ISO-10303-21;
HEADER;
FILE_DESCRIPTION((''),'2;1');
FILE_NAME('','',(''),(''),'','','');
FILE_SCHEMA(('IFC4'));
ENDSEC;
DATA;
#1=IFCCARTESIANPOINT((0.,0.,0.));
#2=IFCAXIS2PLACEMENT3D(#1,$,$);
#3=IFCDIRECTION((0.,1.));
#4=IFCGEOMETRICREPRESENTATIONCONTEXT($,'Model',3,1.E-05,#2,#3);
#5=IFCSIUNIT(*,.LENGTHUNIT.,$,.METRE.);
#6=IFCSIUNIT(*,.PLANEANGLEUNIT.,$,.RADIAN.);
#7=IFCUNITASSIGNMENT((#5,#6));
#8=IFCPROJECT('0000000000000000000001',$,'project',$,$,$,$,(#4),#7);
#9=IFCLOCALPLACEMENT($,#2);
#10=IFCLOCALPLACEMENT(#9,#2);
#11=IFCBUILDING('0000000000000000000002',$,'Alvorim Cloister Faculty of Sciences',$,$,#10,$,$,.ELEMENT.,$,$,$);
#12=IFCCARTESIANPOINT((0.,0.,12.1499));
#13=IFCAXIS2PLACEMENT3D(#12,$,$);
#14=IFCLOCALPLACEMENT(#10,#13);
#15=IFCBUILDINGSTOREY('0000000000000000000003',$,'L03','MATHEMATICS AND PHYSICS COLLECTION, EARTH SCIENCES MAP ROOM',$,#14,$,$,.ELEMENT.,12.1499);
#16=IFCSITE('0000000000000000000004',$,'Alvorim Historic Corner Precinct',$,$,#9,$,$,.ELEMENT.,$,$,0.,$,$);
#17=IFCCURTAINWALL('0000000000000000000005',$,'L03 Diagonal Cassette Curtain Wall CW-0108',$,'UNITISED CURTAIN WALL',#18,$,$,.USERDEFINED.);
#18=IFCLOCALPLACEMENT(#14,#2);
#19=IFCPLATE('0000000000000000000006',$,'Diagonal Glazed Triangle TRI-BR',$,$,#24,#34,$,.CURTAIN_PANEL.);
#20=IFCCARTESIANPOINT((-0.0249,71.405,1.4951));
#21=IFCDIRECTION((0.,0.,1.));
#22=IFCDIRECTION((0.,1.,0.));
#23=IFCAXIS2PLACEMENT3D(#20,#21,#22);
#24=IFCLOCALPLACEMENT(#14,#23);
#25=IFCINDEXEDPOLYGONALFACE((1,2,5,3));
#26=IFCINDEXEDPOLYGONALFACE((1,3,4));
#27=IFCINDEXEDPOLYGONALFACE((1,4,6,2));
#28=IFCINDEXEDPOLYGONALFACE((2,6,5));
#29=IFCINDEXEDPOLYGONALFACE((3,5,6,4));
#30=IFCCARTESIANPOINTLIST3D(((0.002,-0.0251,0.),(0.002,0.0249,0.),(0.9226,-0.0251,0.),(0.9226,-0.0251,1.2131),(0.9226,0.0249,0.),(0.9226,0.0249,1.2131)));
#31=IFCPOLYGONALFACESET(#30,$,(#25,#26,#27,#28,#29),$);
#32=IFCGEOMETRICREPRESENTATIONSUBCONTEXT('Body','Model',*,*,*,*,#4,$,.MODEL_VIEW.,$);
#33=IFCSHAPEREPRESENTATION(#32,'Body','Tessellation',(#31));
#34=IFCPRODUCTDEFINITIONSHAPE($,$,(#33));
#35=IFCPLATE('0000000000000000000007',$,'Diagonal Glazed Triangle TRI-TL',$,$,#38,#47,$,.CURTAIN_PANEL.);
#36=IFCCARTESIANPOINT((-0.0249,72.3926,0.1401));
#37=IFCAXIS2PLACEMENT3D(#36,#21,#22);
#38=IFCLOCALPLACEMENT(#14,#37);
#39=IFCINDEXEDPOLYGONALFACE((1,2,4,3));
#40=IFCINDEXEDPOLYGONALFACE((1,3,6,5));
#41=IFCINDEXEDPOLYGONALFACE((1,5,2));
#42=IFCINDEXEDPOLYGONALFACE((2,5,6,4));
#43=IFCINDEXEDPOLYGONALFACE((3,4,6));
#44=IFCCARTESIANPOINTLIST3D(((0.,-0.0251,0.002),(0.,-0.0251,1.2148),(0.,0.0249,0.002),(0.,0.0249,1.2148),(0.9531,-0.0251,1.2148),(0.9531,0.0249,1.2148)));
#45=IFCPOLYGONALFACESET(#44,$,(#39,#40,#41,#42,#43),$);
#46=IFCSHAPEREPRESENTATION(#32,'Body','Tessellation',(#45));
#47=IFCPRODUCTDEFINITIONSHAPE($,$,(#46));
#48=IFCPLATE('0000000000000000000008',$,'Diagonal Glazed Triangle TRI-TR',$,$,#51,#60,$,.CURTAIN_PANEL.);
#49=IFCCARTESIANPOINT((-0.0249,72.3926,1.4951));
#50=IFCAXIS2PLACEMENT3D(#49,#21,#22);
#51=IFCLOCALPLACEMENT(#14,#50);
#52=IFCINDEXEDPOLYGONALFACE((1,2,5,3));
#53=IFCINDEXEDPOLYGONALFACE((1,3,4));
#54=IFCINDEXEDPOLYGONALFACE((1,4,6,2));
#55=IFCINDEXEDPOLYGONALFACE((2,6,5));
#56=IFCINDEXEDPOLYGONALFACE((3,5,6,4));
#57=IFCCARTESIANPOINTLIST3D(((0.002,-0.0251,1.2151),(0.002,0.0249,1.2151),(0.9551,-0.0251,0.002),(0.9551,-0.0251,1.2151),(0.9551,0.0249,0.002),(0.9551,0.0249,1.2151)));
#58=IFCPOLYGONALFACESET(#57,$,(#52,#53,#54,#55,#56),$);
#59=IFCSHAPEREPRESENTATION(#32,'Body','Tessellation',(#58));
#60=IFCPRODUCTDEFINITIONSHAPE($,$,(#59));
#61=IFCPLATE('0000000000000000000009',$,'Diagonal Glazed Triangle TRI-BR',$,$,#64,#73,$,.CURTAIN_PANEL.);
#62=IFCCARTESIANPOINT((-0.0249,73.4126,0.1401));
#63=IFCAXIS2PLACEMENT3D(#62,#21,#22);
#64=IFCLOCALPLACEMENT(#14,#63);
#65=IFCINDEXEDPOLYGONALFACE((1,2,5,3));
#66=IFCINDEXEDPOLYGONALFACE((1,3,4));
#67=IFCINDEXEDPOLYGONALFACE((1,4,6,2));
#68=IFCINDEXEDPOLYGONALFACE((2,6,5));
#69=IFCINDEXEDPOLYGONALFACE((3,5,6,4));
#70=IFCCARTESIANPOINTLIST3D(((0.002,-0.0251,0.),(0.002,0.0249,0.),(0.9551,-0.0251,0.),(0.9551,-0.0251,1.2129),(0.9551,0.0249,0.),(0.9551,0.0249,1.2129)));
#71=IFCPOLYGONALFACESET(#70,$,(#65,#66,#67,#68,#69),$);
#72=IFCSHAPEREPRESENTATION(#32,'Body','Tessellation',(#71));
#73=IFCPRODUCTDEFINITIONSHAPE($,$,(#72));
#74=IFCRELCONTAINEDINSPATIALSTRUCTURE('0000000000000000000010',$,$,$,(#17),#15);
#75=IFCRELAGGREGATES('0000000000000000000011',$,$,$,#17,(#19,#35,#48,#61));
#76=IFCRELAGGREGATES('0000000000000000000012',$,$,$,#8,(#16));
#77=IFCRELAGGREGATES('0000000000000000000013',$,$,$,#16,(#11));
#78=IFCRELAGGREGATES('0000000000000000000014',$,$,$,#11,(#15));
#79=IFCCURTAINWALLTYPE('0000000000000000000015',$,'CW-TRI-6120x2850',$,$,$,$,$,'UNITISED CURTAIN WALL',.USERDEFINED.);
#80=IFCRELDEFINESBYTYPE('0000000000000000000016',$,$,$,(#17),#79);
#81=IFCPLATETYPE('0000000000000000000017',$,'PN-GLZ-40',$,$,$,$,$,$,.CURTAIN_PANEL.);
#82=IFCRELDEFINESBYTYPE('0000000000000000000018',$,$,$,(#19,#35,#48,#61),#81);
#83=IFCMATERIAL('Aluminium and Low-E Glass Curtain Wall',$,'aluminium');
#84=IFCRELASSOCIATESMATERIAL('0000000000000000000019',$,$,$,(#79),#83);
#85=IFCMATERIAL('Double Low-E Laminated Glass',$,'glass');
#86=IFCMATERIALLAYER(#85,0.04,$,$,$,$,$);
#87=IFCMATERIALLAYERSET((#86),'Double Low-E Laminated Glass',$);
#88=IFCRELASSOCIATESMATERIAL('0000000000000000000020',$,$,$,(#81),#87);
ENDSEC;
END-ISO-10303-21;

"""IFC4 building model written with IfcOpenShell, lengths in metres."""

from ifc_helpers import new_model, si_unit, direction, frame, origin, place, context, subcontext, project, spatial, polyline, outline, extrude, material, layer, layer_set, type_object, element, aggregate, save


model = new_model("IFC4")

# Units and contexts
model_context = context("Model", 3, precision=1e-05, world=origin(), true_north=direction((0.0, 1.0)))
body_context = subcontext(model_context, "Body", "Model", "MODEL_VIEW")
ifc_project = project(units=[si_unit("LENGTHUNIT", "METRE"), si_unit("PLANEANGLEUNIT", "RADIAN")], contexts=[model_context])

# Site, building, storey
site_placement = place(None, origin())
site = spatial("IfcSite", under=ifc_project, at=site_placement, Name="Alvorim Historic Corner Precinct", CompositionType="ELEMENT", RefElevation=0.0)
building_placement = place(site_placement, origin())
building = spatial("IfcBuilding", under=site, at=building_placement, Name="Alvorim Cloister Faculty of Sciences", CompositionType="ELEMENT")
storey_placement = place(building_placement, frame((0.0, 0.0, 12.1499)))
storey = spatial("IfcBuildingStorey", under=building, at=storey_placement, Name="L03", Description="MATHEMATICS AND PHYSICS COLLECTION, EARTH SCIENCES MAP ROOM", CompositionType="ELEMENT", Elevation=12.1499)

# Shared definitions
ifc_material_1 = material(Name="Aluminium and Low-E Glass Curtain Wall", Category="aluminium")
curtain_wall_type = type_object("IfcCurtainWallType", Name="CW-TRI-6120x2850", ElementType="UNITISED CURTAIN WALL", PredefinedType="USERDEFINED", material=ifc_material_1)

# Curtain wall
curtain_wall_1_placement = place(storey_placement, origin())
curtain_wall_1 = element("IfcCurtainWall", 1, at=curtain_wall_1_placement, inside=storey, type_object=curtain_wall_type, Name="L03 Diagonal Cassette Curtain Wall CW-0108", ObjectType="UNITISED CURTAIN WALL", PredefinedType="USERDEFINED")

# Plates
ifc_material_2 = material(Name="Double Low-E Laminated Glass", Category="glass")
ifc_layer_1 = layer(ifc_material_2, 0.04)
ifc_layer_set_1 = layer_set([ifc_layer_1], Name="Double Low-E Laminated Glass")
plate_type = type_object("IfcPlateType", Name="PN-GLZ-40", PredefinedType="CURTAIN_PANEL", material=ifc_layer_set_1)
plate_1_placement = place(storey_placement, frame((-0.0249, 71.405, 1.4951), z_axis=(0.0, 0.0, 1.0), x_axis=(0.0, 1.0, 0.0)))
plate_1 = element("IfcPlate", 2, at=plate_1_placement, type_object=plate_type, Name="Diagonal Glazed Triangle TRI-BR", PredefinedType="CURTAIN_PANEL", context=body_context, shape_type="SweptSolid", body=[
    extrude(outline(polyline([(0.002, 0.0), (0.9226, 0.0), (0.9226, 1.2131), (0.002, 0.0)])), frame((0.0, 0.0249, 0.0), z_axis=(0.0, -1.0, 0.0), x_axis=(1.0, 0.0, 0.0)), (0.0, 0.0, 1.0), 0.05),
])
plate_2_placement = place(storey_placement, frame((-0.0249, 72.3926, 0.1401), z_axis=(0.0, 0.0, 1.0), x_axis=(0.0, 1.0, 0.0)))
plate_2 = element("IfcPlate", 3, at=plate_2_placement, type_object=plate_type, Name="Diagonal Glazed Triangle TRI-TL", PredefinedType="CURTAIN_PANEL", context=body_context, shape_type="SweptSolid", body=[
    extrude(outline(polyline([(0.9531, 1.2148), (0.0, 1.2148), (0.0, 0.002), (0.9531, 1.2148)])), frame((0.0, 0.0249, 0.0), z_axis=(0.0, -1.0, 0.0), x_axis=(1.0, 0.0, 0.0)), (0.0, 0.0, 1.0), 0.05),
])
plate_3_placement = place(storey_placement, frame((-0.0249, 72.3926, 1.4951), z_axis=(0.0, 0.0, 1.0), x_axis=(0.0, 1.0, 0.0)))
plate_3 = element("IfcPlate", 4, at=plate_3_placement, type_object=plate_type, Name="Diagonal Glazed Triangle TRI-TR", PredefinedType="CURTAIN_PANEL", context=body_context, shape_type="SweptSolid", body=[
    extrude(outline(polyline([(0.9551, 0.002), (0.9551, 1.2151), (0.002, 1.2151), (0.9551, 0.002)])), frame((0.0, 0.0249, 0.0), z_axis=(0.0, -1.0, 0.0), x_axis=(1.0, 0.0, 0.0)), (0.0, 0.0, 1.0), 0.05),
])
plate_4_placement = place(storey_placement, frame((-0.0249, 73.4126, 0.1401), z_axis=(0.0, 0.0, 1.0), x_axis=(0.0, 1.0, 0.0)))
plate_4 = element("IfcPlate", 5, at=plate_4_placement, type_object=plate_type, Name="Diagonal Glazed Triangle TRI-BR", PredefinedType="CURTAIN_PANEL", context=body_context, shape_type="SweptSolid", body=[
    extrude(outline(polyline([(0.002, 0.0), (0.9551, 0.0), (0.9551, 1.2129), (0.002, 0.0)])), frame((0.0, 0.0249, 0.0), z_axis=(0.0, -1.0, 0.0), x_axis=(1.0, 0.0, 0.0)), (0.0, 0.0, 1.0), 0.05),
])
aggregate(curtain_wall_1, [plate_1, plate_2, plate_3, plate_4])

save(model, "model.ifc")
